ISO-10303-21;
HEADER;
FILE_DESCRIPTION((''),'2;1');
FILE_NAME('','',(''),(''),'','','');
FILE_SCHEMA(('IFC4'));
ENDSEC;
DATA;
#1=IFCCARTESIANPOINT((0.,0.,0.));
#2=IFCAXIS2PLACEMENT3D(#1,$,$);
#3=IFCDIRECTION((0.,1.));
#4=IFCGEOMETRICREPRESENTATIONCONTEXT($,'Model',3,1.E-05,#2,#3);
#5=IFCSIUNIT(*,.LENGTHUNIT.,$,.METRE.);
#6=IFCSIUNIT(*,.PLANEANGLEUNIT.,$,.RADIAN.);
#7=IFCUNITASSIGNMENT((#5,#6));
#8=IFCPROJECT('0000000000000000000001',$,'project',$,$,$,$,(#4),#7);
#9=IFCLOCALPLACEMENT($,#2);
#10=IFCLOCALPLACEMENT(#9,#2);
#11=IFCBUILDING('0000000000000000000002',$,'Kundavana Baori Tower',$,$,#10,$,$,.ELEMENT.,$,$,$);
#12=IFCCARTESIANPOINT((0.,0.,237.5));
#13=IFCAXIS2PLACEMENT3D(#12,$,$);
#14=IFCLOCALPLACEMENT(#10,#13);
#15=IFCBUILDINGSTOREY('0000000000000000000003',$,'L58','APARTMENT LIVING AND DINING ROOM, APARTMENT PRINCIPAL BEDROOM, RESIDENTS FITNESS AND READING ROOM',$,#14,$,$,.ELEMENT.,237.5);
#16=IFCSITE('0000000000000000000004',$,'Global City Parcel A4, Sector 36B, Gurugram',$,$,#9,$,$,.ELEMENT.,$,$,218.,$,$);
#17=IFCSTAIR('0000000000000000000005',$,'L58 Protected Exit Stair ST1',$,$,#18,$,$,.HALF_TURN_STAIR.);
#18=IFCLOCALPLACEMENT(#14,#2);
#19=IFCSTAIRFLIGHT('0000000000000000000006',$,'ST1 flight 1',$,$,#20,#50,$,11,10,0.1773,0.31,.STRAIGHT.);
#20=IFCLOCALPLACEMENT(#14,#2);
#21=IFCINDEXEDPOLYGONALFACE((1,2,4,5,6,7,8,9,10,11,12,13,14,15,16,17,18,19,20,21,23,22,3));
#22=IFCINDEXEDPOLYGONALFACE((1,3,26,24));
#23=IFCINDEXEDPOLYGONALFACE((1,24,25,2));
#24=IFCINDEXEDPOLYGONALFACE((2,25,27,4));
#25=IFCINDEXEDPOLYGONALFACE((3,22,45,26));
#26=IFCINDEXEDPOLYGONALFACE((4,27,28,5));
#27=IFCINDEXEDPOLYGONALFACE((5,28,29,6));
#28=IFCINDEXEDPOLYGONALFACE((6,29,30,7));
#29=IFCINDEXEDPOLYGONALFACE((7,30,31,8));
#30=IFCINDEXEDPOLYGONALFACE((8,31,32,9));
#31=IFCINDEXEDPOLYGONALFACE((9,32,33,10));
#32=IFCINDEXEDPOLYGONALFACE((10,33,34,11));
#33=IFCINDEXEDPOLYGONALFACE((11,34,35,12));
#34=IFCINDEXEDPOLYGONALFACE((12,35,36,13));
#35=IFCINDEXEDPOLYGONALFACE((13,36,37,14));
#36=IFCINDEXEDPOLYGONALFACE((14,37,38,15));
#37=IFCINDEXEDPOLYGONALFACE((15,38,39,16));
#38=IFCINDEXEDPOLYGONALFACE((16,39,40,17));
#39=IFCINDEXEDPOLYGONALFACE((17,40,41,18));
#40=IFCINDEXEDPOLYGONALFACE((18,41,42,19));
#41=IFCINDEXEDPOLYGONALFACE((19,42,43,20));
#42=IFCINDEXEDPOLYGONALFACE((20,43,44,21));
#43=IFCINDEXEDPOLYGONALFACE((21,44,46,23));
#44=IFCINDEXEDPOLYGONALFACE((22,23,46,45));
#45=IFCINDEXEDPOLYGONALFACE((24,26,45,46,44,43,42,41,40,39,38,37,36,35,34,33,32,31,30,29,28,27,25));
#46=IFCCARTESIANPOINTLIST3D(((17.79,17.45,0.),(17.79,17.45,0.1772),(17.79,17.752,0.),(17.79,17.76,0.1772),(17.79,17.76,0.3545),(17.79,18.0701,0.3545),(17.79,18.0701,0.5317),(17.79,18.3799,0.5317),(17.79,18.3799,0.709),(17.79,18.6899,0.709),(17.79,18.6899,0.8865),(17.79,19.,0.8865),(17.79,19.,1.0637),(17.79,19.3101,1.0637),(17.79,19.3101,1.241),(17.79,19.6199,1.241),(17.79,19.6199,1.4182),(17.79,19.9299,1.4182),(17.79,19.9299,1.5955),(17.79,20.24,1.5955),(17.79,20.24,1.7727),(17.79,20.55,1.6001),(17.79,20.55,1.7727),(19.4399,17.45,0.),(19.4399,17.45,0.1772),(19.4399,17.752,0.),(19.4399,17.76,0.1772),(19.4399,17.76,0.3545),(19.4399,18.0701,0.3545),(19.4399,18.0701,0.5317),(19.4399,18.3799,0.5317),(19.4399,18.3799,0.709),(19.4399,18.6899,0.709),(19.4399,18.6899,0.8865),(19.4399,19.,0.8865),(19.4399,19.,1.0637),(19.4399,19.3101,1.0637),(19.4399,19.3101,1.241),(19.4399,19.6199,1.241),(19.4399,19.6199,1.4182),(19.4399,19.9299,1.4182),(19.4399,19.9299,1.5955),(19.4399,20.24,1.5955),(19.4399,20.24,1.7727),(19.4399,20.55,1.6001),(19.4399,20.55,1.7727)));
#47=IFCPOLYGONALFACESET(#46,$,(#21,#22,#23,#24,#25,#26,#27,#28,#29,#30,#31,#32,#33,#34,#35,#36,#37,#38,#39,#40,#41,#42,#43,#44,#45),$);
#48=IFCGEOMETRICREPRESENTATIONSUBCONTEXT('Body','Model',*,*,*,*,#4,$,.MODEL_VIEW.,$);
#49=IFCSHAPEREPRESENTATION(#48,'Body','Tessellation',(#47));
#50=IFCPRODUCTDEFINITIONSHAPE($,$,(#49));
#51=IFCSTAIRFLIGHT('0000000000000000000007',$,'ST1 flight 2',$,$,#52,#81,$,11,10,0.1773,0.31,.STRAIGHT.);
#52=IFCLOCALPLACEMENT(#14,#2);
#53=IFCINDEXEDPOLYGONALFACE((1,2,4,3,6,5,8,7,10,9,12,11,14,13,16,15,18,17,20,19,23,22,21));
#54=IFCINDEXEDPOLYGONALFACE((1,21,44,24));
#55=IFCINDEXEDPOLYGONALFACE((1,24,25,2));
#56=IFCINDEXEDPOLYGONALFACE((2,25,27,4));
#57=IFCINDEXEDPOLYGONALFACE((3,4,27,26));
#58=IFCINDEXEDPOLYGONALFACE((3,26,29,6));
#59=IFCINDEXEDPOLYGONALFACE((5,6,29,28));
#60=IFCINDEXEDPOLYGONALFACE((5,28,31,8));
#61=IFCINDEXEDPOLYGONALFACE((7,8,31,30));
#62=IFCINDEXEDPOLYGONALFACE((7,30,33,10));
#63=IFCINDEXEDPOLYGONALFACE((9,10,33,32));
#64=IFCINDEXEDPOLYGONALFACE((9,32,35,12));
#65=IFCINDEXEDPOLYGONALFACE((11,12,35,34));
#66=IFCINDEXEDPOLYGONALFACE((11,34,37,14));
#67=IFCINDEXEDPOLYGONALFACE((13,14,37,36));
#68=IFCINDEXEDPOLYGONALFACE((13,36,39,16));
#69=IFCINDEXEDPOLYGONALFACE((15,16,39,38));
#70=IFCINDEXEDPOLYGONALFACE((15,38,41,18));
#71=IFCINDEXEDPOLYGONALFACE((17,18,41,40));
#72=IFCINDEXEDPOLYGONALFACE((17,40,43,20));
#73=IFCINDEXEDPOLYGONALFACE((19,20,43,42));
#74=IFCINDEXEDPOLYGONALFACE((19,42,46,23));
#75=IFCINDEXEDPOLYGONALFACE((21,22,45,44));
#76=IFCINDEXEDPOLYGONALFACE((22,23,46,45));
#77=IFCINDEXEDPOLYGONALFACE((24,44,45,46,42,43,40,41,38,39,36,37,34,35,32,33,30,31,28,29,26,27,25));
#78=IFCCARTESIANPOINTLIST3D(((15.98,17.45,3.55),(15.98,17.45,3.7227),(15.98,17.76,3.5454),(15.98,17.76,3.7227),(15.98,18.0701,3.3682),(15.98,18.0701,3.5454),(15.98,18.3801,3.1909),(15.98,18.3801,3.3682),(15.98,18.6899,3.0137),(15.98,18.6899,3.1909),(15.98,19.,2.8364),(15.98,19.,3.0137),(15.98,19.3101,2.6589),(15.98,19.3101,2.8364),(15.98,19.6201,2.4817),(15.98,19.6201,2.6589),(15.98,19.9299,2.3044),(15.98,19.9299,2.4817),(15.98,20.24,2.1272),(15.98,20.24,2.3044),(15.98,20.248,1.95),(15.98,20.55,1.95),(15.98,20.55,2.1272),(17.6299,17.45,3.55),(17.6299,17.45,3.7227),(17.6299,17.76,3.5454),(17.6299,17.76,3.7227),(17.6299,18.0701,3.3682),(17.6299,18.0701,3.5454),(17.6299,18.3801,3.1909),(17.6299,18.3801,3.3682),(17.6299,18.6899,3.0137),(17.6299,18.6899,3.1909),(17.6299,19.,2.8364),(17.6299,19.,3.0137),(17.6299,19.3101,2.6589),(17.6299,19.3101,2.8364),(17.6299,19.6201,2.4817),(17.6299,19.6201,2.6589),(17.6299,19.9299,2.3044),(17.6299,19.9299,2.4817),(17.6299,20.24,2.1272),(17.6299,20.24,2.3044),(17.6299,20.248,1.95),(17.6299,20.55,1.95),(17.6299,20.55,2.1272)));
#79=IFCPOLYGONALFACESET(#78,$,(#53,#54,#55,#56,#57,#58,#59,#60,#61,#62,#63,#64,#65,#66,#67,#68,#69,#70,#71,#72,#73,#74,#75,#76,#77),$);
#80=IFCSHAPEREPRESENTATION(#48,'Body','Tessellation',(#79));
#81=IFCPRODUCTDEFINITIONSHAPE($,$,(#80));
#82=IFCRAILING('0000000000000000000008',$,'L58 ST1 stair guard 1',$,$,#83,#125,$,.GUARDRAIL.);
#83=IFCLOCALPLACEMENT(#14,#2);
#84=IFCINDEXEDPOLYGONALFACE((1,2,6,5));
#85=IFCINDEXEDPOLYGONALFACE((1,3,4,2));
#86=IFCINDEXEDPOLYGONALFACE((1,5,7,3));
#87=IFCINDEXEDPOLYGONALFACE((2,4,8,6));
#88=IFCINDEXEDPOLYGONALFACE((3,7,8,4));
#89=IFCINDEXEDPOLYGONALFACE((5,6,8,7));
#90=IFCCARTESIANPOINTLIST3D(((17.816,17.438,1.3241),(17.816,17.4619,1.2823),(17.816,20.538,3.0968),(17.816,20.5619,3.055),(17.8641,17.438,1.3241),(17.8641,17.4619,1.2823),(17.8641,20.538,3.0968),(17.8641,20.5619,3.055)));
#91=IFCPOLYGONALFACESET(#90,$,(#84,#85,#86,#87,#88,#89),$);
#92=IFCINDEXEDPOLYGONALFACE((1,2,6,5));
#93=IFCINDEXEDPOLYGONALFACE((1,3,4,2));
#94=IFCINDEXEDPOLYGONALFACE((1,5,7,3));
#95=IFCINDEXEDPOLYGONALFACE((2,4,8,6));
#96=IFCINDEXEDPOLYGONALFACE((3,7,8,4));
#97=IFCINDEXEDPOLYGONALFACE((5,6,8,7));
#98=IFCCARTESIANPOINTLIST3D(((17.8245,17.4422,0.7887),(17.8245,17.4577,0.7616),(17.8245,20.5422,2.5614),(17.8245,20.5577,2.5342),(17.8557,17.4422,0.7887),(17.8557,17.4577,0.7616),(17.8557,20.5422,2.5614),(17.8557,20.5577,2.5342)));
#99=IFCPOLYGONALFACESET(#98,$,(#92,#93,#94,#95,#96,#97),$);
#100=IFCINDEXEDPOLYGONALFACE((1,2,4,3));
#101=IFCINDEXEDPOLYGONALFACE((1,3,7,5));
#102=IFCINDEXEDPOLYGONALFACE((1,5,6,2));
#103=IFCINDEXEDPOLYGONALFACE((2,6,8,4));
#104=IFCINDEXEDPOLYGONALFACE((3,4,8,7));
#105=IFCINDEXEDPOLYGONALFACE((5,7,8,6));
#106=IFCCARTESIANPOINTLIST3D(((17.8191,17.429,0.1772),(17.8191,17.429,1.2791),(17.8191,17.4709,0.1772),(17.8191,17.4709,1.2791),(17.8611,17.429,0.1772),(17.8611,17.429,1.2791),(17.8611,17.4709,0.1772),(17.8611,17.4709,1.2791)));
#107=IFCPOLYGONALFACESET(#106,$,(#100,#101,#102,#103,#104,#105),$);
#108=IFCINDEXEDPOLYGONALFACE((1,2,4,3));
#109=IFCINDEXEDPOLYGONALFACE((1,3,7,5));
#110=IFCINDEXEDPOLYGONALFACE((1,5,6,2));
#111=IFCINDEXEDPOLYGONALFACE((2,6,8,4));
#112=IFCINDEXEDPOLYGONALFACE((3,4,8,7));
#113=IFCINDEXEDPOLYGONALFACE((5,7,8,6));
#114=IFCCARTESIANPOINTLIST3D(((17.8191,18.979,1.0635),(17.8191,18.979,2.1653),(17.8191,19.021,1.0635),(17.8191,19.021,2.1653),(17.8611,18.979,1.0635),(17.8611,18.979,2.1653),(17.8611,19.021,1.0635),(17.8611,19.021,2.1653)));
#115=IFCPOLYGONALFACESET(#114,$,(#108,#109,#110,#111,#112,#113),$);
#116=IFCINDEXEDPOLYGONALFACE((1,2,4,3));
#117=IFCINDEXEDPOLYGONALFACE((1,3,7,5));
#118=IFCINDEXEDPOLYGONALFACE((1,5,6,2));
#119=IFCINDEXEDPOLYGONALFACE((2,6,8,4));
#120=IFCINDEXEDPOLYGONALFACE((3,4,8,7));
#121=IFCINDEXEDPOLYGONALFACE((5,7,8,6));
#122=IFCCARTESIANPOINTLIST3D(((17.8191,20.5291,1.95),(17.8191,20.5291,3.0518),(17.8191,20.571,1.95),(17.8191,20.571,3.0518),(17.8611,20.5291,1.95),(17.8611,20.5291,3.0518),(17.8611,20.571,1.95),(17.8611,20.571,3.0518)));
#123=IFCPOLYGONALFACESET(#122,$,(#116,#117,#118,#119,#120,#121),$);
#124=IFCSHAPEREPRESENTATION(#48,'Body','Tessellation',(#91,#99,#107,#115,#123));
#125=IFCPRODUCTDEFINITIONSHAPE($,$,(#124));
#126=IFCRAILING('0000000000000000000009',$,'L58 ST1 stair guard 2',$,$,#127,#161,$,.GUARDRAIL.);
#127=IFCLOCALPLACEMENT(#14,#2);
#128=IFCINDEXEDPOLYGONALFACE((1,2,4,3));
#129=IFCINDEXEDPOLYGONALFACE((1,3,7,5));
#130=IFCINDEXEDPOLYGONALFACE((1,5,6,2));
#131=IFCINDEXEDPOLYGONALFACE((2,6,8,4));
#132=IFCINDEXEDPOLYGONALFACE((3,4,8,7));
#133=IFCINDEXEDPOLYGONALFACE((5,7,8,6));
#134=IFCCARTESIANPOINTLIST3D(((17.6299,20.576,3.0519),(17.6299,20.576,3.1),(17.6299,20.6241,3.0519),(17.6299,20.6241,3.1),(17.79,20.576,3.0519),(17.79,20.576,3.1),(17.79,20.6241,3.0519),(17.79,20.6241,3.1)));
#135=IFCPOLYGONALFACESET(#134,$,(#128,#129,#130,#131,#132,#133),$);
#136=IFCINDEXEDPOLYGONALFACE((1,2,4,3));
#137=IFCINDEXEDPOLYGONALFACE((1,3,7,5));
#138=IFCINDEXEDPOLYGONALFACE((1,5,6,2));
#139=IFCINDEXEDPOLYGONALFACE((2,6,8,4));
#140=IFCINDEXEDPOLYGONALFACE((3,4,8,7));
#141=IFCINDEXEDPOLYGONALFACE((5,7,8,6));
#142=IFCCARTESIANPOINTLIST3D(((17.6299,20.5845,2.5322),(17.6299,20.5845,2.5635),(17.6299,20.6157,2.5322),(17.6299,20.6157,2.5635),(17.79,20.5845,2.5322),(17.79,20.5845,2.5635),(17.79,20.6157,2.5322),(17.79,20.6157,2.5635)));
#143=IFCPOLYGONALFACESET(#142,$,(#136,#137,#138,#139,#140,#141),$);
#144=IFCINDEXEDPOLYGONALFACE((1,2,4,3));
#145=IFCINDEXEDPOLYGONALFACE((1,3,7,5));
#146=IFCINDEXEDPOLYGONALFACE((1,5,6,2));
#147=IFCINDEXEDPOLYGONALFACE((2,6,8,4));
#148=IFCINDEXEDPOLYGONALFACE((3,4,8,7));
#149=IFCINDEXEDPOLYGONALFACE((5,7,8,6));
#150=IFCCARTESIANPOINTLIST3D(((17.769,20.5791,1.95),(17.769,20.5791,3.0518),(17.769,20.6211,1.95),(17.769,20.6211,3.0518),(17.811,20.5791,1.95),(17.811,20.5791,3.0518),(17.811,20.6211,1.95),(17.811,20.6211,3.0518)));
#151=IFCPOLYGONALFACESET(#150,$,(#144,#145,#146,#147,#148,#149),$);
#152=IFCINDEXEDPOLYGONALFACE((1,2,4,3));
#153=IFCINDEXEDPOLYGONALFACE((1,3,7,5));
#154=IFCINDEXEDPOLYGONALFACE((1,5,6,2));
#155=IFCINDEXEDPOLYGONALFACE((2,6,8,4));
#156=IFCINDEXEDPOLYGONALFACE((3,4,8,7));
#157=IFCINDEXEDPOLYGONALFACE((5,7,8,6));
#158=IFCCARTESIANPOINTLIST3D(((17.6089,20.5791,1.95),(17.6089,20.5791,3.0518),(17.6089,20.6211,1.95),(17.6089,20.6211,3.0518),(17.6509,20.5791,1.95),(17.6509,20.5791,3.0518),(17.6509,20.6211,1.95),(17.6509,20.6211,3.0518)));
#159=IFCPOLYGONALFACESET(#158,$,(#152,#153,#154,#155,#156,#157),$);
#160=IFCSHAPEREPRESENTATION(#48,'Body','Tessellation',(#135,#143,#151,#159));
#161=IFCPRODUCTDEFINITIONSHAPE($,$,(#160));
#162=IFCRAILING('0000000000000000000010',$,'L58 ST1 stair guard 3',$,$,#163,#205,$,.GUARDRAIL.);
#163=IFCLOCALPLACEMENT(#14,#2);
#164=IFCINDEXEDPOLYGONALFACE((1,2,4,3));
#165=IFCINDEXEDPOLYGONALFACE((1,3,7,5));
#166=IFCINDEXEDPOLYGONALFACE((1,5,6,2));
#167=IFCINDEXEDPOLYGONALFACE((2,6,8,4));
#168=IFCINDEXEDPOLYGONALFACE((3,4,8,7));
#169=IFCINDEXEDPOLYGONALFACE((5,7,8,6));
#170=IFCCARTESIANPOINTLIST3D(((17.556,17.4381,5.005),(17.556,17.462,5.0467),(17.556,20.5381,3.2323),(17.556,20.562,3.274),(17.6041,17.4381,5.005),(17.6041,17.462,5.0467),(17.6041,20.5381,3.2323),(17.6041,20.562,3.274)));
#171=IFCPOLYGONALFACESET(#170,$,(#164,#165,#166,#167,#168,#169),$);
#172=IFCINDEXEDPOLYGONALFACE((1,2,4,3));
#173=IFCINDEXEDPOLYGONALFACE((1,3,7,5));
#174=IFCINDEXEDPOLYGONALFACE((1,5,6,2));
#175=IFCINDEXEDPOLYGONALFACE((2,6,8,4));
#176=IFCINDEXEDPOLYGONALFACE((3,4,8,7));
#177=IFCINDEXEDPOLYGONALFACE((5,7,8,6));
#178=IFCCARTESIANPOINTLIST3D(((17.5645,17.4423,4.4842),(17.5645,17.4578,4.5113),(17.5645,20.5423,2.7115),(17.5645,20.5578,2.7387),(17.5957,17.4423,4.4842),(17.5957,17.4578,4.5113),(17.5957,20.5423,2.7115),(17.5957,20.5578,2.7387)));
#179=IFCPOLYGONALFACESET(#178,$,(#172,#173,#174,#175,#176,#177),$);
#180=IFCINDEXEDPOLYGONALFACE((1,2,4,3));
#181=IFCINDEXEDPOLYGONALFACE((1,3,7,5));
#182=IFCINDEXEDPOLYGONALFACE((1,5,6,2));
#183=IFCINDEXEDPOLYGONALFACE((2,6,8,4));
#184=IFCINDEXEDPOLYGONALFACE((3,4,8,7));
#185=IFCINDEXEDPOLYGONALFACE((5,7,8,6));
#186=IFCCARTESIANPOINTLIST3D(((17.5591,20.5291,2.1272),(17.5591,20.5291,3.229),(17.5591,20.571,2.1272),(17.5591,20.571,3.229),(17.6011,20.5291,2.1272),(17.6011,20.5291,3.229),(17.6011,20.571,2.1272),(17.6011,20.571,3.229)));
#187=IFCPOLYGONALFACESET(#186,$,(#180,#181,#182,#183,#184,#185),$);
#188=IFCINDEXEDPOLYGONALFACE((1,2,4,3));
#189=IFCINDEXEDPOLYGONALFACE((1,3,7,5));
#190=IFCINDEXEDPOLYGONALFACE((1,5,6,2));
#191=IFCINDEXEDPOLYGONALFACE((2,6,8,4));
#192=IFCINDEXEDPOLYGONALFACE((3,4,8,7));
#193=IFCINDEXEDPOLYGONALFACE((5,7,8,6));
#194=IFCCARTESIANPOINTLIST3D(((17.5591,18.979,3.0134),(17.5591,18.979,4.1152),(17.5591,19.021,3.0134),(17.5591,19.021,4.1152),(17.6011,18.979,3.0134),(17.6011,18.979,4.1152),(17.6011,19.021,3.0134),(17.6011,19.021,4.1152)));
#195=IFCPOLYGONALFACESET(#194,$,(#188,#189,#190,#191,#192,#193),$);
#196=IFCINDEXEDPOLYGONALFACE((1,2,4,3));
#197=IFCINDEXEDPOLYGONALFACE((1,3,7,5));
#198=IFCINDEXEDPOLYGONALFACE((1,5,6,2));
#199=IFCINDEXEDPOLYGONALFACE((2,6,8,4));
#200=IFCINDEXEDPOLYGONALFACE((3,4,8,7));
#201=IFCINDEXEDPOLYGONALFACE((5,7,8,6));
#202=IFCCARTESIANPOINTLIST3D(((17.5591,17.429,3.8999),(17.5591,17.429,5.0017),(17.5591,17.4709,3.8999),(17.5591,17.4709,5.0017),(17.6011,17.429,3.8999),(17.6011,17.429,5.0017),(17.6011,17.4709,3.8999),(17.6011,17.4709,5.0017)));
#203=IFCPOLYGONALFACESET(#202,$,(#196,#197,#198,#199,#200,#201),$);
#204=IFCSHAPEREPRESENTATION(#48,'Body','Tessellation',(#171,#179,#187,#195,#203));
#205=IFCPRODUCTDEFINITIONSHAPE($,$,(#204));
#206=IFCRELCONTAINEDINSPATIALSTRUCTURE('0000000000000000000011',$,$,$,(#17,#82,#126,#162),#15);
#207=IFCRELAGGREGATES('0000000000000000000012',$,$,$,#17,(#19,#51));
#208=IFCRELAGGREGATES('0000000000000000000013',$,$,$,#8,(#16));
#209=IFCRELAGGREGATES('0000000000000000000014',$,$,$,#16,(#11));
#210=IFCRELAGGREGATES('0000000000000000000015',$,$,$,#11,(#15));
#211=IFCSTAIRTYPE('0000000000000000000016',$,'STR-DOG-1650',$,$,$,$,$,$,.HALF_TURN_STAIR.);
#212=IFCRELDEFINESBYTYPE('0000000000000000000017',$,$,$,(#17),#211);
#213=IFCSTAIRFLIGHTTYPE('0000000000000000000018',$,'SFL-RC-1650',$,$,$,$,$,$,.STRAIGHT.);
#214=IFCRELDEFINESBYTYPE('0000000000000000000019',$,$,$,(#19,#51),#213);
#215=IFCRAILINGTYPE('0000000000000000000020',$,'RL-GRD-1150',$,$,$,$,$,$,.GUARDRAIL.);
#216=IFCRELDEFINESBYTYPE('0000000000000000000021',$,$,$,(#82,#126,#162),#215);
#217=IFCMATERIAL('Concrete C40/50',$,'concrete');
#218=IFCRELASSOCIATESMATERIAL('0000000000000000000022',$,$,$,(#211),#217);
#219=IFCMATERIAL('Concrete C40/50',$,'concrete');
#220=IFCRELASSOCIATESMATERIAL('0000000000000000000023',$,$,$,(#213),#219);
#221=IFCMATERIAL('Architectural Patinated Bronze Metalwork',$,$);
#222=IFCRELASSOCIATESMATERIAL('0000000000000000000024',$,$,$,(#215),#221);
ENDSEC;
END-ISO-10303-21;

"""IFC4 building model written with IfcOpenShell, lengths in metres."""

from ifc_helpers import new_model, si_unit, direction, frame, origin, origin_2d, place, context, subcontext, project, spatial, polyline, rectangle, outline, extrude, material, type_object, element, aggregate, save


model = new_model("IFC4")

# Units and contexts
model_context = context("Model", 3, precision=1e-05, world=origin(), true_north=direction((0.0, 1.0)))
body_context = subcontext(model_context, "Body", "Model", "MODEL_VIEW")
ifc_project = project(units=[si_unit("LENGTHUNIT", "METRE"), si_unit("PLANEANGLEUNIT", "RADIAN")], contexts=[model_context])

# Site, building, storey
site_placement = place(None, origin())
site = spatial("IfcSite", under=ifc_project, at=site_placement, Name="Global City Parcel A4, Sector 36B, Gurugram", CompositionType="ELEMENT", RefElevation=218.0)
building_placement = place(site_placement, origin())
building = spatial("IfcBuilding", under=site, at=building_placement, Name="Kundavana Baori Tower", CompositionType="ELEMENT")
storey_placement = place(building_placement, frame((0.0, 0.0, 237.5)))
storey = spatial("IfcBuildingStorey", under=building, at=storey_placement, Name="L58", Description="APARTMENT LIVING AND DINING ROOM, APARTMENT PRINCIPAL BEDROOM, RESIDENTS FITNESS AND READING ROOM", CompositionType="ELEMENT", Elevation=237.5)

# Stair, stair flights
ifc_material_1 = material(Name="Concrete C40/50", Category="concrete")
stair_type = type_object("IfcStairType", Name="STR-DOG-1650", PredefinedType="HALF_TURN_STAIR", material=ifc_material_1)
stair_placement = place(storey_placement, origin())
stair = element("IfcStair", 1, at=stair_placement, inside=storey, type_object=stair_type, Name="L58 Protected Exit Stair ST1", PredefinedType="HALF_TURN_STAIR")
ifc_material_2 = material(Name="Concrete C40/50", Category="concrete")
stair_flight_type = type_object("IfcStairFlightType", Name="SFL-RC-1650", PredefinedType="STRAIGHT", material=ifc_material_2)
stair_flight_1_placement = place(storey_placement, frame((18.615, 17.45, 0.0), z_axis=(0.0, 0.0, 1.0), x_axis=(0.0, 1.0, 0.0)))
stair_flight_1 = element("IfcStairFlight", 2, at=stair_flight_1_placement, type_object=stair_flight_type, Name="ST1 flight 1", NumberOfRisers=11, NumberOfTreads=10, PredefinedType="STRAIGHT", RiserHeight=0.1773, TreadLength=0.31, context=body_context, shape_type="SweptSolid", body=[
    extrude(outline(polyline([(0.0, 0.0), (0.0, 0.1772), (0.3101, 0.1772), (0.3101, 0.3545), (0.6201, 0.3545), (0.6201, 0.5317), (0.9299, 0.5317), (0.9299, 0.709), (1.24, 0.709), (1.24, 0.8865), (1.55, 0.8865), (1.55, 1.0637), (1.8601, 1.0637), (1.8601, 1.241), (2.1699, 1.241), (2.1699, 1.4182), (2.48, 1.4182), (2.48, 1.5955), (2.79, 1.5955), (2.79, 1.7727), (3.1001, 1.7727), (3.1001, 1.95), (3.1001, 1.6001), (0.302, 0.0), (0.0, 0.0)])), frame((0.0, 0.825, 0.0), z_axis=(0.0, -1.0, 0.0), x_axis=(1.0, 0.0, 0.0)), (0.0, 0.0, 1.0), 1.6499),
])
stair_flight_2_placement = place(storey_placement, frame((16.8049, 20.55, 1.95), z_axis=(0.0, 0.0, 1.0), x_axis=(0.0, -1.0, 0.0)))
stair_flight_2 = element("IfcStairFlight", 3, at=stair_flight_2_placement, type_object=stair_flight_type, Name="ST1 flight 2", NumberOfRisers=11, NumberOfTreads=10, PredefinedType="STRAIGHT", RiserHeight=0.1773, TreadLength=0.31, context=body_context, shape_type="SweptSolid", body=[
    extrude(outline(polyline([(0.0, 0.0), (0.0, 0.1772), (0.3101, 0.1772), (0.3101, 0.3545), (0.6201, 0.3545), (0.6201, 0.5317), (0.9299, 0.5317), (0.9299, 0.709), (1.24, 0.709), (1.24, 0.8865), (1.55, 0.8865), (1.55, 1.0637), (1.8601, 1.0637), (1.8601, 1.241), (2.1699, 1.241), (2.1699, 1.4182), (2.48, 1.4182), (2.48, 1.5955), (2.79, 1.5955), (2.79, 1.7727), (3.1001, 1.7727), (3.1001, 1.95), (3.1001, 1.6001), (0.302, 0.0), (0.0, 0.0)])), frame((0.0, 0.825, 0.0), z_axis=(0.0, -1.0, 0.0), x_axis=(1.0, 0.0, 0.0)), (0.0, 0.0, 1.0), 1.6499),
])
aggregate(stair, [stair_flight_1, stair_flight_2])

# Railings
ifc_material_3 = material(Name="Architectural Patinated Bronze Metalwork")
railing_type_1 = type_object("IfcRailingType", Name="RL-GRD-1150", PredefinedType="GUARDRAIL", material=ifc_material_3)
railing_1_placement = place(storey_placement, frame((17.8401, 17.45, 0.1772)))
element("IfcRailing", 4, at=railing_1_placement, inside=storey, type_object=railing_type_1, Name="L58 ST1 stair guard 1", PredefinedType="GUARDRAIL", context=body_context, shape_type="SweptSolid", body=[
    extrude(rectangle(XDim=0.0481, YDim=0.0481, at=origin_2d()), frame((0.0, 0.0, 1.126), z_axis=(0.0, 0.868096, 0.496397), x_axis=(-1.0, 0.0, 0.0)), (0.0, 0.0, 1.0), 3.571),
    extrude(rectangle(XDim=0.0312, YDim=0.0312, at=origin_2d()), frame((0.0, 0.0, 0.5979), z_axis=(0.0, 0.868096, 0.496397), x_axis=(-1.0, 0.0, 0.0)), (0.0, 0.0, 1.0), 3.571),
    extrude(rectangle(XDim=0.042, YDim=0.042, at=origin_2d()), origin(), (0.0, 0.0, 1.0), 1.1018),
    extrude(rectangle(XDim=0.042, YDim=0.042, at=origin_2d()), frame((0.0, 1.55, 0.8862)), (0.0, 0.0, 1.0), 1.1018),
    extrude(rectangle(XDim=0.042, YDim=0.042, at=origin_2d()), frame((0.0, 3.1001, 1.7727)), (0.0, 0.0, 1.0), 1.1018),
])
railing_2_placement = place(storey_placement, frame((17.79, 20.6001, 1.95)))
element("IfcRailing", 5, at=railing_2_placement, inside=storey, type_object=railing_type_1, Name="L58 ST1 stair guard 2", PredefinedType="GUARDRAIL", context=body_context, shape_type="SweptSolid", body=[
    extrude(rectangle(XDim=0.0481, YDim=0.0481, at=origin_2d()), frame((0.0, 0.0, 1.126), z_axis=(-1.0, 0.0, 0.0), x_axis=(0.0, -1.0, 0.0)), (0.0, 0.0, 1.0), 0.1602),
    extrude(rectangle(XDim=0.0312, YDim=0.0312, at=origin_2d()), frame((0.0, 0.0, 0.5979), z_axis=(-1.0, 0.0, 0.0), x_axis=(0.0, -1.0, 0.0)), (0.0, 0.0, 1.0), 0.1602),
    extrude(rectangle(XDim=0.042, YDim=0.042, at=origin_2d()), origin(), (0.0, 0.0, 1.0), 1.1018),
    extrude(rectangle(XDim=0.042, YDim=0.042, at=origin_2d()), frame((-0.1602, 0.0, 0.0)), (0.0, 0.0, 1.0), 1.1018),
])
railing_3_placement = place(storey_placement, frame((17.5801, 20.55, 2.1272)))
element("IfcRailing", 6, at=railing_3_placement, inside=storey, type_object=railing_type_1, Name="L58 ST1 stair guard 3", PredefinedType="GUARDRAIL", context=body_context, shape_type="SweptSolid", body=[
    extrude(rectangle(XDim=0.0481, YDim=0.0481, at=origin_2d()), frame((0.0, 0.0, 1.126), z_axis=(0.0, -0.868096, 0.496397), x_axis=(1.0, 0.0, 0.0)), (0.0, 0.0, 1.0), 3.571),
    extrude(rectangle(XDim=0.0312, YDim=0.0312, at=origin_2d()), frame((0.0, 0.0, 0.5979), z_axis=(0.0, -0.868096, 0.496397), x_axis=(1.0, 0.0, 0.0)), (0.0, 0.0, 1.0), 3.571),
    extrude(rectangle(XDim=0.042, YDim=0.042, at=origin_2d()), origin(), (0.0, 0.0, 1.0), 1.1018),
    extrude(rectangle(XDim=0.042, YDim=0.042, at=origin_2d()), frame((0.0, -1.55, 0.8862)), (0.0, 0.0, 1.0), 1.1018),
    extrude(rectangle(XDim=0.042, YDim=0.042, at=origin_2d()), frame((0.0, -3.1001, 1.7727)), (0.0, 0.0, 1.0), 1.1018),
])

save(model, "model.ifc")
